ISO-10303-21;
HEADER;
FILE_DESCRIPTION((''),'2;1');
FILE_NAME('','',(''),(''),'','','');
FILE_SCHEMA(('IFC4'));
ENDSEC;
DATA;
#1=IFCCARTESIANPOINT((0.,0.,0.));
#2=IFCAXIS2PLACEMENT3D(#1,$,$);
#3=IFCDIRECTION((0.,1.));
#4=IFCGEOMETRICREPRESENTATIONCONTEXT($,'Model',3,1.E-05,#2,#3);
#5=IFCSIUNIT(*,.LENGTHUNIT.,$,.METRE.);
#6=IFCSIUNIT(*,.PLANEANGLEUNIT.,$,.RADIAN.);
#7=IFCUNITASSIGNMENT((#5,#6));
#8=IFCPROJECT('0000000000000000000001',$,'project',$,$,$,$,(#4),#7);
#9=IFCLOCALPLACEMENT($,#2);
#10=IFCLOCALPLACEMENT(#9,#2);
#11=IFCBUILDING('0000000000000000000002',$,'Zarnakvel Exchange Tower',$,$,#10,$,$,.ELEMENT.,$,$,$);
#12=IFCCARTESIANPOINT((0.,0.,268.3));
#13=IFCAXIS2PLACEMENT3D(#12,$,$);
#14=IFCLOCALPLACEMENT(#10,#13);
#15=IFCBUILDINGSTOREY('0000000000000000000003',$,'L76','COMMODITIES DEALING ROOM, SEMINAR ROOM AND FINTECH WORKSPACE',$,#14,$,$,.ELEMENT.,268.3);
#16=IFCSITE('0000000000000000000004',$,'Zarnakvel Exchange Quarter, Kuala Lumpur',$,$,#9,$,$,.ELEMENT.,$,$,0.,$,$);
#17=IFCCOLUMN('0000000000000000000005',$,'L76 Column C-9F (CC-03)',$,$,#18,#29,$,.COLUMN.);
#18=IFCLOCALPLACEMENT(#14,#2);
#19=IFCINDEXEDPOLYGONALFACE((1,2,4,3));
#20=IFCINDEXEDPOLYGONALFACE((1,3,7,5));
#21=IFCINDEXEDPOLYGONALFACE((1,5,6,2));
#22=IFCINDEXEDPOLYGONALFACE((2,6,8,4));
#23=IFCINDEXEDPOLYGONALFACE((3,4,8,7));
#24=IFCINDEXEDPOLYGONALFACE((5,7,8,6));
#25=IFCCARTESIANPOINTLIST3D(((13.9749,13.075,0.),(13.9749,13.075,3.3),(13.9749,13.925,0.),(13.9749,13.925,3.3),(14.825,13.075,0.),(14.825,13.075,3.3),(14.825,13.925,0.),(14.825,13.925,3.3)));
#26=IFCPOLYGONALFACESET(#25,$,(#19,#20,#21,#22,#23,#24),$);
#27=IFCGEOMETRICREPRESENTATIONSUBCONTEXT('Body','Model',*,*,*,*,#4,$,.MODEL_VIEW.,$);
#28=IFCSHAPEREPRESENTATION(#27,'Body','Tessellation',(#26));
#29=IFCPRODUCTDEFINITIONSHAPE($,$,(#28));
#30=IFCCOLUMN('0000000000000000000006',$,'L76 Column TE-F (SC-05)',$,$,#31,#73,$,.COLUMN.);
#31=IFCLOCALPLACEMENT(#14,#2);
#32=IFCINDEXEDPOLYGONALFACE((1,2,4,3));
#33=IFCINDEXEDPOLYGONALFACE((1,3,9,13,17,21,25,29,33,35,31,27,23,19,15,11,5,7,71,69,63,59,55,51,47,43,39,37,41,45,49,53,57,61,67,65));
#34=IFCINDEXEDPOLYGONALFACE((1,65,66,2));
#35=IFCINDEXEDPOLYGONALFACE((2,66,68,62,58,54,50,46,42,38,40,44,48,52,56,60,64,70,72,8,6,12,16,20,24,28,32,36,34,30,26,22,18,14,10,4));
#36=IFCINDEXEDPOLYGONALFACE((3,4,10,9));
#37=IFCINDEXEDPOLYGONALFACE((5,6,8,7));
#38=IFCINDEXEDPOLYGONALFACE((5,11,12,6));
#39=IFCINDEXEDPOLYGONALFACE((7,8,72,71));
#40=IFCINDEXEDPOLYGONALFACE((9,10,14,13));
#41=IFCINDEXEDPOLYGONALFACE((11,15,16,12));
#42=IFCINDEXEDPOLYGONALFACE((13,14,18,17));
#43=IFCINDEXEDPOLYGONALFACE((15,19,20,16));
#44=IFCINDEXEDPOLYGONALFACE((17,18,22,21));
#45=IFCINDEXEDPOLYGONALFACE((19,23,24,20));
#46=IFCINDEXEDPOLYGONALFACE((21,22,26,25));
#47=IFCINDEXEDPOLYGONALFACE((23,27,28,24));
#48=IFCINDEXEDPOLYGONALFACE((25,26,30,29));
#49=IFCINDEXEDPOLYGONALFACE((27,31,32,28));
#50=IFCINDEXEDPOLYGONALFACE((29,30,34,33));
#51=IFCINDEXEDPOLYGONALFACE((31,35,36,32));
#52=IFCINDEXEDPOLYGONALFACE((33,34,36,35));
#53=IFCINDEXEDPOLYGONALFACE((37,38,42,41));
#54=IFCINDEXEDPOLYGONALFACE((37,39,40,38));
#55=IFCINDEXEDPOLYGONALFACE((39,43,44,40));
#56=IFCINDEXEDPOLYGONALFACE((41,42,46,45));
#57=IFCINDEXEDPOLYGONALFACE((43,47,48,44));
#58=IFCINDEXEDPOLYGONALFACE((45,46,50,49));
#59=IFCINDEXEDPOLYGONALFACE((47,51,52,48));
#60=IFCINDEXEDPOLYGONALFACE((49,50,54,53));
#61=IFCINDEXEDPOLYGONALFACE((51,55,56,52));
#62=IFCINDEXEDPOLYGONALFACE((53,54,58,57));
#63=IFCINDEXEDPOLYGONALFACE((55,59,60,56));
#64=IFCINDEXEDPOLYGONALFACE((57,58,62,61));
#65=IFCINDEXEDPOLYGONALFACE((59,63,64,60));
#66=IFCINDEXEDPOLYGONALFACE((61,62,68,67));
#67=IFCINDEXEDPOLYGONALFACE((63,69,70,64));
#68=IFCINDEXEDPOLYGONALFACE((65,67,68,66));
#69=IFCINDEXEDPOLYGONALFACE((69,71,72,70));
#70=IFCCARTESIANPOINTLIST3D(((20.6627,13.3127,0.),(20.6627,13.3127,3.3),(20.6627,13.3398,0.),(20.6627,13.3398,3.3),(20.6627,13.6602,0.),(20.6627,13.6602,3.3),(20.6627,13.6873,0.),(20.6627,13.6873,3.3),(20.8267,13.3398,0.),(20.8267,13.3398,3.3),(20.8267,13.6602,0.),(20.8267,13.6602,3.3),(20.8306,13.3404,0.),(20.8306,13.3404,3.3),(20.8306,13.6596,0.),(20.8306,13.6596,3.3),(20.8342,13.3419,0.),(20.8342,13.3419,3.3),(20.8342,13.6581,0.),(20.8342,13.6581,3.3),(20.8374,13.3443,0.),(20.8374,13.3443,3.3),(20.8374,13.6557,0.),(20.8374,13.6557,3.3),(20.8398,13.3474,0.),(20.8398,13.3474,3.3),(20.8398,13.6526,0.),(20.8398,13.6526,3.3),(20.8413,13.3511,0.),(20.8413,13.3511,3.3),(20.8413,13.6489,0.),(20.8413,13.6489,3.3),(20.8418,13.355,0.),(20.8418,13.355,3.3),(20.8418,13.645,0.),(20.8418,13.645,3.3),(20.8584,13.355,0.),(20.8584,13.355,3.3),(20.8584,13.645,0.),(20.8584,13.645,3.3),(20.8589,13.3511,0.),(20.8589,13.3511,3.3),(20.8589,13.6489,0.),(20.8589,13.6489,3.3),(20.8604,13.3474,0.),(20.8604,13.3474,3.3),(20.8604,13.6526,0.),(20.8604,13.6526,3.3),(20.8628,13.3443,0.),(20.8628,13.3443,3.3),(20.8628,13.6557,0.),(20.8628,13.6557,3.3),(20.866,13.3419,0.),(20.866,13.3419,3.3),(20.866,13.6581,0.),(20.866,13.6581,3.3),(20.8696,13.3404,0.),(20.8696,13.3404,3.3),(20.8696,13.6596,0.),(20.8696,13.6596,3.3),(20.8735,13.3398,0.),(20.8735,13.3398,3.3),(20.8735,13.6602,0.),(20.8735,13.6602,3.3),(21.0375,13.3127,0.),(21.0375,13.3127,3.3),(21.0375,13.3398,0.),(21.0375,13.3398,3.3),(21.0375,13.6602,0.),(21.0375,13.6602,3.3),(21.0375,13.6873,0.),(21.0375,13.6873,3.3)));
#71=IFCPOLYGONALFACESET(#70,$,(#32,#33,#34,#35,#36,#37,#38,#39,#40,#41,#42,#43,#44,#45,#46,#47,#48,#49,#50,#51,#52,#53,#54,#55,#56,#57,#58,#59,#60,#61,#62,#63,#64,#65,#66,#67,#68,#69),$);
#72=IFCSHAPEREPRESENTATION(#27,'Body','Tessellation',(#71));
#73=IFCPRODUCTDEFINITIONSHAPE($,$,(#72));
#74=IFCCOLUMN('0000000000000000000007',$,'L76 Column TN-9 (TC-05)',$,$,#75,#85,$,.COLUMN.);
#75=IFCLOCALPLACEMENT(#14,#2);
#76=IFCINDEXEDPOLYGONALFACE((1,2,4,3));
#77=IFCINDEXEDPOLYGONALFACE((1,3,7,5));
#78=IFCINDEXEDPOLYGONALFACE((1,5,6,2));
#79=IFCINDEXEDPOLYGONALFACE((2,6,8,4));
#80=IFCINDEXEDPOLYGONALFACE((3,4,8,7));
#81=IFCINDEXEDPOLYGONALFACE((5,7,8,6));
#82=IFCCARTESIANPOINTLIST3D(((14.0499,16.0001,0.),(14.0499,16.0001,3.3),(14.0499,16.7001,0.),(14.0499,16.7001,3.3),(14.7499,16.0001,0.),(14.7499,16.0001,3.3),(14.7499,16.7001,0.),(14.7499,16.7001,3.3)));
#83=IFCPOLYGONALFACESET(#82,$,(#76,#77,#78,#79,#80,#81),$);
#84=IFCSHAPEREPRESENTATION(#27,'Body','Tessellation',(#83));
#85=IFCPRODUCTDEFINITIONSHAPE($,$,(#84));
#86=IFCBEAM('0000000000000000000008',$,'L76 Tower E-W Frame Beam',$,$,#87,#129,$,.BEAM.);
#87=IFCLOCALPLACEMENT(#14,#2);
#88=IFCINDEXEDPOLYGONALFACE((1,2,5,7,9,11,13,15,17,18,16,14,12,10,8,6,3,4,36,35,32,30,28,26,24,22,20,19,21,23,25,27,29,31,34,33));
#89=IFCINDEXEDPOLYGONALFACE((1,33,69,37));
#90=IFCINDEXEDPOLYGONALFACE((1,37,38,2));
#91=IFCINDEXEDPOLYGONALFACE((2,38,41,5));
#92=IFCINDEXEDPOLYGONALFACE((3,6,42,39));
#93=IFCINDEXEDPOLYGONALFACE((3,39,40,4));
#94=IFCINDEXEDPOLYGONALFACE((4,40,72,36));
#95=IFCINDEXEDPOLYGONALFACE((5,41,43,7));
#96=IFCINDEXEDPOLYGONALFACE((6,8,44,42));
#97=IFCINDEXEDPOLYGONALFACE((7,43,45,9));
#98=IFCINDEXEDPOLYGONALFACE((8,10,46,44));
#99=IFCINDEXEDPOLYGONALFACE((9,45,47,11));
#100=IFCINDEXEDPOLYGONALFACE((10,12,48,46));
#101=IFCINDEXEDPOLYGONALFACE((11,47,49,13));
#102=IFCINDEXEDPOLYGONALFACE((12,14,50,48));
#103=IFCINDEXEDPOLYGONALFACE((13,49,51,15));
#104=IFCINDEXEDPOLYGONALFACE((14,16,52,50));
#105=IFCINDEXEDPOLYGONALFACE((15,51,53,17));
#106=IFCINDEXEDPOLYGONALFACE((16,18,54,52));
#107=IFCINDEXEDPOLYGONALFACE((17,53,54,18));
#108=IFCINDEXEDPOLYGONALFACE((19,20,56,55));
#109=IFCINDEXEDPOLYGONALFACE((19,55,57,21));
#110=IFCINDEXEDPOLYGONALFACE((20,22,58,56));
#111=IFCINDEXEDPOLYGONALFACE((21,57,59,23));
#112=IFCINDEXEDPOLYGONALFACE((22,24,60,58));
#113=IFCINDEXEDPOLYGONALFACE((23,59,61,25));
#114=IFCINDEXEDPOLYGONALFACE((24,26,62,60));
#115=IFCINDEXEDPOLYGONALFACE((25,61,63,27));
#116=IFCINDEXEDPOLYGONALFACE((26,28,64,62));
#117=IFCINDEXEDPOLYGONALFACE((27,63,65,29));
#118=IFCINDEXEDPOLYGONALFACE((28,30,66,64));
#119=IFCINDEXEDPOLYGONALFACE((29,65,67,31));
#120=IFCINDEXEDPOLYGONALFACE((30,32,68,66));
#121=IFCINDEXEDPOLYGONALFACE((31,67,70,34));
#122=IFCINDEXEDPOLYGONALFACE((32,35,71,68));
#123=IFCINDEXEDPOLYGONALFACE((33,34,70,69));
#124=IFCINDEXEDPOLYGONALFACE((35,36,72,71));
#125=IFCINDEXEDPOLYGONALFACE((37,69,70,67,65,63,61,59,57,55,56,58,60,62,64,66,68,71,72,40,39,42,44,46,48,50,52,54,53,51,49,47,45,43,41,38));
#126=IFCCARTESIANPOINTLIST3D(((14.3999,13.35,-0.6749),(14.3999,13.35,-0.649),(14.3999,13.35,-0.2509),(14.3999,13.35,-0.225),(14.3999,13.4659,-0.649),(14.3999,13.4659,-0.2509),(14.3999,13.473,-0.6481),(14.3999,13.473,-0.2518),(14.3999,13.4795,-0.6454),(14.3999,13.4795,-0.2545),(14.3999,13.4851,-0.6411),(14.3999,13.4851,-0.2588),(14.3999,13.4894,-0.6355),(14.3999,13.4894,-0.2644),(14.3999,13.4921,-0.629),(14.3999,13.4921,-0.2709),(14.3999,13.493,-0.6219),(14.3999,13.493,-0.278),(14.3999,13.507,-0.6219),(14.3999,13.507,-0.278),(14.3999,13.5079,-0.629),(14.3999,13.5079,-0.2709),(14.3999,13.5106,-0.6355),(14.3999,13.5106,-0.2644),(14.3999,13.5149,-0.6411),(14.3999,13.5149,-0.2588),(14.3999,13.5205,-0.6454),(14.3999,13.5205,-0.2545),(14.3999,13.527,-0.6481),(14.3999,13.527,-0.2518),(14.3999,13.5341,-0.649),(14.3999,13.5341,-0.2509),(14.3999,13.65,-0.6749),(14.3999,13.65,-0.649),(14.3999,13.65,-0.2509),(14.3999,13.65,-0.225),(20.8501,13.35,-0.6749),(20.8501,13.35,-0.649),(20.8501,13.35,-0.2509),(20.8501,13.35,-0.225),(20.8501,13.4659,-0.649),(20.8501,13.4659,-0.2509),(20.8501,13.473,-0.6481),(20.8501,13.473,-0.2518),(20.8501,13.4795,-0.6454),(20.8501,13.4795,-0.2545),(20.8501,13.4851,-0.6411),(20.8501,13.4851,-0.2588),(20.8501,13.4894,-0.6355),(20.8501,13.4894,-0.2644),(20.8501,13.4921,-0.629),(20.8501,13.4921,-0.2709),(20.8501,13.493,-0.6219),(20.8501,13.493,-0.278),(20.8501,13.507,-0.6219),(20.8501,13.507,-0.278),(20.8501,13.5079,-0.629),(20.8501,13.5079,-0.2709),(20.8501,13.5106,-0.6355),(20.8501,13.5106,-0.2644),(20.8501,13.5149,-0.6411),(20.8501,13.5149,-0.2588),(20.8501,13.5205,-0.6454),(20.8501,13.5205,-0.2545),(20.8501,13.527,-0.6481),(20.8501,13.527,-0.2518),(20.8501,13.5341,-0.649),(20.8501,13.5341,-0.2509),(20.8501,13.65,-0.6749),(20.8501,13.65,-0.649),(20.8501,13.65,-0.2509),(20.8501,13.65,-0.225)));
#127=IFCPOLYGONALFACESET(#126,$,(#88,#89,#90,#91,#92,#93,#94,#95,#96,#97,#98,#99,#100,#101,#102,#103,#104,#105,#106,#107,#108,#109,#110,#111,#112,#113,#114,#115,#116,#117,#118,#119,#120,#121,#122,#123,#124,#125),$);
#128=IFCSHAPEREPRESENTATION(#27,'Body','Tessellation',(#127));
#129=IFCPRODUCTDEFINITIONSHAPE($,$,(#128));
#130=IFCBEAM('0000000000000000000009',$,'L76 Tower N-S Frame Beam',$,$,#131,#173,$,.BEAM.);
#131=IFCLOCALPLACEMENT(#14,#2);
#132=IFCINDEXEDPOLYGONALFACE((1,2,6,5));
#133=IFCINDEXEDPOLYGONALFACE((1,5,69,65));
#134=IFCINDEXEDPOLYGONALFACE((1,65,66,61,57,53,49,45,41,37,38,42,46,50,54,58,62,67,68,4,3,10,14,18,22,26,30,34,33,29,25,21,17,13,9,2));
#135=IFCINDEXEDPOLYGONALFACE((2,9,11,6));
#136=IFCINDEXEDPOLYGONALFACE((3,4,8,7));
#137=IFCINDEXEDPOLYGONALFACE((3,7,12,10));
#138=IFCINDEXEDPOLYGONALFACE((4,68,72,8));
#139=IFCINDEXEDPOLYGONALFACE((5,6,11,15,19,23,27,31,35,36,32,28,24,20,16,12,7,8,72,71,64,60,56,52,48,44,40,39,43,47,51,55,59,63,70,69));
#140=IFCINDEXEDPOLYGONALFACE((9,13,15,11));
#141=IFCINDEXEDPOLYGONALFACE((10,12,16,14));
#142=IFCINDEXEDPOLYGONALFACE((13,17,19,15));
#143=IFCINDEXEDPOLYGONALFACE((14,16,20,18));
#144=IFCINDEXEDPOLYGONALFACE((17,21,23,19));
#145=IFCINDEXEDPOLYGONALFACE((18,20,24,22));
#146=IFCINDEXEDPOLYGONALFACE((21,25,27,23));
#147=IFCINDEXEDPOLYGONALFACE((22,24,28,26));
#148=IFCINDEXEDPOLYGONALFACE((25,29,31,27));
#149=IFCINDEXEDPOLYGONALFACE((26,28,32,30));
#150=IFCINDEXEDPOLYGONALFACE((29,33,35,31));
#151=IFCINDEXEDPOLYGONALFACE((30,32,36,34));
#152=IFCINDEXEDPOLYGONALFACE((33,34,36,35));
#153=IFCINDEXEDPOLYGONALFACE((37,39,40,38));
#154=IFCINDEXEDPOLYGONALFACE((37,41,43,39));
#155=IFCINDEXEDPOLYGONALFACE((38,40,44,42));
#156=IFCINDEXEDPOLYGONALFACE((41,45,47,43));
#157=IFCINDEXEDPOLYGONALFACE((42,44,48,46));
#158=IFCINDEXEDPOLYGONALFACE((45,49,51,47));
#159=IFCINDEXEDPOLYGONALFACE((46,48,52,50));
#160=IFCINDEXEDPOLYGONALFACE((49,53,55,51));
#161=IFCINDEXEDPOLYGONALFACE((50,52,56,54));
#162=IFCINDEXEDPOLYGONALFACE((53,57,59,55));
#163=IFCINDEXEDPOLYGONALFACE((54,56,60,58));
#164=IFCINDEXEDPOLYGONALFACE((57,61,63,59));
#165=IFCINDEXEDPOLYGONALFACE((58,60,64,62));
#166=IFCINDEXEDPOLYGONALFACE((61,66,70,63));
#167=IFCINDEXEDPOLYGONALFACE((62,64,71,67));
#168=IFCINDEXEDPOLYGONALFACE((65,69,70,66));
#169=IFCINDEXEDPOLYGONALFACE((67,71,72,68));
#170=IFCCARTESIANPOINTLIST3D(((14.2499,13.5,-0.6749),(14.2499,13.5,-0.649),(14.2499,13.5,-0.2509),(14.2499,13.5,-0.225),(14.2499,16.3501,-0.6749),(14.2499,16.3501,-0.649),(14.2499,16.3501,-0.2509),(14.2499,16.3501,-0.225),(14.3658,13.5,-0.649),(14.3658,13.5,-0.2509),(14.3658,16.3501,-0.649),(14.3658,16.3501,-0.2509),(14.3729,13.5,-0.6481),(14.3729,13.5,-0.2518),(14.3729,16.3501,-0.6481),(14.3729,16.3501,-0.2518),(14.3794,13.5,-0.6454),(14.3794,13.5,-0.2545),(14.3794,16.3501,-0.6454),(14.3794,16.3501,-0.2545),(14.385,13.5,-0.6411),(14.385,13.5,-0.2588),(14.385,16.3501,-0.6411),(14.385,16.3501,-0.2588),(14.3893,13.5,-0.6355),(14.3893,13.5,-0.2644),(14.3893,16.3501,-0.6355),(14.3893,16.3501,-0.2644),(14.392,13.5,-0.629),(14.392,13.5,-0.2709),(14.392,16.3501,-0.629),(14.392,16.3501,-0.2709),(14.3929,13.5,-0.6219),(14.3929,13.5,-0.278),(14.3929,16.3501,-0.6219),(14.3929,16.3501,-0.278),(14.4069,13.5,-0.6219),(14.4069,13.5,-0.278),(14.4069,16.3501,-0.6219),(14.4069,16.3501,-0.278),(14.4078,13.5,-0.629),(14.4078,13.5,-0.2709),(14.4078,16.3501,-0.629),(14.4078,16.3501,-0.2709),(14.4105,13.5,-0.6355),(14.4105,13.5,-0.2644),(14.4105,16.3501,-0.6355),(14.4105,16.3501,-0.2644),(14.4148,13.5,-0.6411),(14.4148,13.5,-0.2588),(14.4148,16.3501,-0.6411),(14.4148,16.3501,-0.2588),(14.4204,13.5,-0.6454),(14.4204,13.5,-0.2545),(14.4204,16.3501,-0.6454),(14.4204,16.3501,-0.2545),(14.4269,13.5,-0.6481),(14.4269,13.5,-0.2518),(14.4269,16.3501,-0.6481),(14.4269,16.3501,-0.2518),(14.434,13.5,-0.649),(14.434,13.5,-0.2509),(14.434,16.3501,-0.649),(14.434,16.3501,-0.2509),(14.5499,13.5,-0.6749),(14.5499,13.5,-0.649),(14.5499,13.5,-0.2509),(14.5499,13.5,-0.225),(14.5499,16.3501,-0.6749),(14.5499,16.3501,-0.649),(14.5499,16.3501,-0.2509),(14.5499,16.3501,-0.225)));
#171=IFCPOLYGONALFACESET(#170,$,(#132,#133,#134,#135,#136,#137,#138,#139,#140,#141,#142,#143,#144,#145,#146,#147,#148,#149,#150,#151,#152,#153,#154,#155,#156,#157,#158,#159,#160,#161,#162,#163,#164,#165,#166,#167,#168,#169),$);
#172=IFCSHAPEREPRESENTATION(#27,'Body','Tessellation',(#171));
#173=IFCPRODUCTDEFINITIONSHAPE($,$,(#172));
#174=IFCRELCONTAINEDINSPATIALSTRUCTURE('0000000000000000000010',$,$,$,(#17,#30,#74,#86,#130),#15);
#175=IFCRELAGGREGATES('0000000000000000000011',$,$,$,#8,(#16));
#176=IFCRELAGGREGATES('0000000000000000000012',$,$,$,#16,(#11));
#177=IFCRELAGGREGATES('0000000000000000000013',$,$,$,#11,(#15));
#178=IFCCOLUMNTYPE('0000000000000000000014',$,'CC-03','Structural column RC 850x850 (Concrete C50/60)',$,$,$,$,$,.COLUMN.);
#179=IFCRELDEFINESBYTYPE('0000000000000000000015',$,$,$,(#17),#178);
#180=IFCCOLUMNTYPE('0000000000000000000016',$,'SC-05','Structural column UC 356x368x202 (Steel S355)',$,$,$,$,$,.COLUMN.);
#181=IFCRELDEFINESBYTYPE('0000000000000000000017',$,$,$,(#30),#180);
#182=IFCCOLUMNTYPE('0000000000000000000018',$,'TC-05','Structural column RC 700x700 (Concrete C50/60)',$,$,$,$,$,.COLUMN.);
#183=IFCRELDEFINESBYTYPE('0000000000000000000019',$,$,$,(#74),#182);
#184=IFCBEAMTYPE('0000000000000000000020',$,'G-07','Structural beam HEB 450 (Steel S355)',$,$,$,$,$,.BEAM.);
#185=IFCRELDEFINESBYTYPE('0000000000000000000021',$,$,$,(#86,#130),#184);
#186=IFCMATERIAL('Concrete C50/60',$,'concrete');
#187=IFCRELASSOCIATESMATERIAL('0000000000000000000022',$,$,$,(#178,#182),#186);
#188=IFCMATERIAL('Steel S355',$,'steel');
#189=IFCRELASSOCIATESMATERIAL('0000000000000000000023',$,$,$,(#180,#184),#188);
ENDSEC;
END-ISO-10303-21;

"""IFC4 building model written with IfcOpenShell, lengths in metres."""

from ifc_helpers import new_model, si_unit, direction, frame, origin, origin_2d, place, context, subcontext, project, spatial, rectangle, i_section, extrude, material, material_profile, profile_set, type_object, element, save


model = new_model("IFC4")

# Units and contexts
model_context = context("Model", 3, precision=1e-05, world=origin(), true_north=direction((0.0, 1.0)))
body_context = subcontext(model_context, "Body", "Model", "MODEL_VIEW")
ifc_project = project(units=[si_unit("LENGTHUNIT", "METRE"), si_unit("PLANEANGLEUNIT", "RADIAN")], contexts=[model_context])

# Site, building, storey
site_placement = place(None, origin())
site = spatial("IfcSite", under=ifc_project, at=site_placement, Name="Zarnakvel Exchange Quarter, Kuala Lumpur", CompositionType="ELEMENT", RefElevation=0.0)
building_placement = place(site_placement, origin())
building = spatial("IfcBuilding", under=site, at=building_placement, Name="Zarnakvel Exchange Tower", CompositionType="ELEMENT")
storey_placement = place(building_placement, frame((0.0, 0.0, 268.3)))
storey = spatial("IfcBuildingStorey", under=building, at=storey_placement, Name="L76", Description="COMMODITIES DEALING ROOM, SEMINAR ROOM AND FINTECH WORKSPACE", CompositionType="ELEMENT", Elevation=268.3)

# Columns
ifc_material_1 = material(Name="Concrete C50/60", Category="concrete")
ifc_material_profile_1 = material_profile(ifc_material_1, rectangle(XDim=0.8501, YDim=0.8501, at=origin_2d()))
ifc_profile_set_1 = profile_set([ifc_material_profile_1], Name="Concrete C50/60")
column_type_1 = type_object("IfcColumnType", Name="CC-03", Description="Structural column RC 850x850 (Concrete C50/60)", PredefinedType="COLUMN", material=ifc_profile_set_1)
column_1_placement = place(storey_placement, frame((14.3999, 13.5, 0.0), z_axis=(0.0, 0.0, 1.0), x_axis=(1.0, 0.0, 0.0)))
element("IfcColumn", 1, at=column_1_placement, inside=storey, type_object=column_type_1, Name="L76 Column C-9F (CC-03)", PredefinedType="COLUMN", context=body_context, shape_type="SweptSolid", body=[
    extrude(rectangle(XDim=0.8501, YDim=0.8501, at=origin_2d()), origin(), (0.0, 0.0, 1.0), 3.3),
])
ifc_material_2 = material(Name="Steel S355", Category="steel")
ifc_material_profile_2 = material_profile(ifc_material_2, i_section(OverallWidth=0.3748, OverallDepth=0.3745, WebThickness=0.0166, FlangeThickness=0.0271, FilletRadius=0.0151, at=origin_2d()))
ifc_profile_set_2 = profile_set([ifc_material_profile_2], Name="Steel S355")
column_type_2 = type_object("IfcColumnType", Name="SC-05", Description="Structural column UC 356x368x202 (Steel S355)", PredefinedType="COLUMN", material=ifc_profile_set_2)
column_2_placement = place(storey_placement, frame((20.8501, 13.5, 0.0), z_axis=(0.0, 0.0, 1.0), x_axis=(1.0, 0.0, 0.0)))
element("IfcColumn", 2, at=column_2_placement, inside=storey, type_object=column_type_2, Name="L76 Column TE-F (SC-05)", PredefinedType="COLUMN", context=body_context, shape_type="SweptSolid", body=[
    extrude(i_section(OverallWidth=0.3748, OverallDepth=0.3745, WebThickness=0.0166, FlangeThickness=0.0271, FilletRadius=0.0151, at=origin_2d()), origin(), (0.0, 0.0, 1.0), 3.3),
])
ifc_material_profile_3 = material_profile(ifc_material_1, rectangle(XDim=0.7, YDim=0.7, at=origin_2d()))
ifc_profile_set_3 = profile_set([ifc_material_profile_3], Name="Concrete C50/60")
column_type_3 = type_object("IfcColumnType", Name="TC-05", Description="Structural column RC 700x700 (Concrete C50/60)", PredefinedType="COLUMN", material=ifc_profile_set_3)
column_3_placement = place(storey_placement, frame((14.3999, 16.3501, 0.0), z_axis=(0.0, 0.0, 1.0), x_axis=(1.0, 0.0, 0.0)))
element("IfcColumn", 3, at=column_3_placement, inside=storey, type_object=column_type_3, Name="L76 Column TN-9 (TC-05)", PredefinedType="COLUMN", context=body_context, shape_type="SweptSolid", body=[
    extrude(rectangle(XDim=0.7, YDim=0.7, at=origin_2d()), origin(), (0.0, 0.0, 1.0), 3.3),
])

# Beams
ifc_material_profile_4 = material_profile(ifc_material_2, i_section(OverallWidth=0.3, OverallDepth=0.45, WebThickness=0.0139, FlangeThickness=0.0259, FilletRadius=0.0271, at=origin_2d()))
ifc_profile_set_4 = profile_set([ifc_material_profile_4], Name="Steel S355")
beam_type = type_object("IfcBeamType", Name="G-07", Description="Structural beam HEB 450 (Steel S355)", PredefinedType="BEAM", material=ifc_profile_set_4)
beam_1_placement = place(storey_placement, frame((14.3999, 13.5, -0.45), z_axis=(1.0, 0.0, 0.0), x_axis=(0.0, 1.0, 0.0)))
element("IfcBeam", 4, at=beam_1_placement, inside=storey, type_object=beam_type, Name="L76 Tower E-W Frame Beam", PredefinedType="BEAM", context=body_context, shape_type="SweptSolid", body=[
    extrude(i_section(OverallWidth=0.3, OverallDepth=0.45, WebThickness=0.0139, FlangeThickness=0.0259, FilletRadius=0.0271, at=origin_2d()), origin(), (0.0, 0.0, 1.0), 6.4502),
])
beam_2_placement = place(storey_placement, frame((14.3999, 13.5, -0.45), z_axis=(0.0, 1.0, 0.0), x_axis=(-1.0, 0.0, 0.0)))
element("IfcBeam", 5, at=beam_2_placement, inside=storey, type_object=beam_type, Name="L76 Tower N-S Frame Beam", PredefinedType="BEAM", context=body_context, shape_type="SweptSolid", body=[
    extrude(i_section(OverallWidth=0.3, OverallDepth=0.45, WebThickness=0.0139, FlangeThickness=0.0259, FilletRadius=0.0271, at=origin_2d()), origin(), (0.0, 0.0, 1.0), 2.8501),
])

save(model, "model.ifc")
